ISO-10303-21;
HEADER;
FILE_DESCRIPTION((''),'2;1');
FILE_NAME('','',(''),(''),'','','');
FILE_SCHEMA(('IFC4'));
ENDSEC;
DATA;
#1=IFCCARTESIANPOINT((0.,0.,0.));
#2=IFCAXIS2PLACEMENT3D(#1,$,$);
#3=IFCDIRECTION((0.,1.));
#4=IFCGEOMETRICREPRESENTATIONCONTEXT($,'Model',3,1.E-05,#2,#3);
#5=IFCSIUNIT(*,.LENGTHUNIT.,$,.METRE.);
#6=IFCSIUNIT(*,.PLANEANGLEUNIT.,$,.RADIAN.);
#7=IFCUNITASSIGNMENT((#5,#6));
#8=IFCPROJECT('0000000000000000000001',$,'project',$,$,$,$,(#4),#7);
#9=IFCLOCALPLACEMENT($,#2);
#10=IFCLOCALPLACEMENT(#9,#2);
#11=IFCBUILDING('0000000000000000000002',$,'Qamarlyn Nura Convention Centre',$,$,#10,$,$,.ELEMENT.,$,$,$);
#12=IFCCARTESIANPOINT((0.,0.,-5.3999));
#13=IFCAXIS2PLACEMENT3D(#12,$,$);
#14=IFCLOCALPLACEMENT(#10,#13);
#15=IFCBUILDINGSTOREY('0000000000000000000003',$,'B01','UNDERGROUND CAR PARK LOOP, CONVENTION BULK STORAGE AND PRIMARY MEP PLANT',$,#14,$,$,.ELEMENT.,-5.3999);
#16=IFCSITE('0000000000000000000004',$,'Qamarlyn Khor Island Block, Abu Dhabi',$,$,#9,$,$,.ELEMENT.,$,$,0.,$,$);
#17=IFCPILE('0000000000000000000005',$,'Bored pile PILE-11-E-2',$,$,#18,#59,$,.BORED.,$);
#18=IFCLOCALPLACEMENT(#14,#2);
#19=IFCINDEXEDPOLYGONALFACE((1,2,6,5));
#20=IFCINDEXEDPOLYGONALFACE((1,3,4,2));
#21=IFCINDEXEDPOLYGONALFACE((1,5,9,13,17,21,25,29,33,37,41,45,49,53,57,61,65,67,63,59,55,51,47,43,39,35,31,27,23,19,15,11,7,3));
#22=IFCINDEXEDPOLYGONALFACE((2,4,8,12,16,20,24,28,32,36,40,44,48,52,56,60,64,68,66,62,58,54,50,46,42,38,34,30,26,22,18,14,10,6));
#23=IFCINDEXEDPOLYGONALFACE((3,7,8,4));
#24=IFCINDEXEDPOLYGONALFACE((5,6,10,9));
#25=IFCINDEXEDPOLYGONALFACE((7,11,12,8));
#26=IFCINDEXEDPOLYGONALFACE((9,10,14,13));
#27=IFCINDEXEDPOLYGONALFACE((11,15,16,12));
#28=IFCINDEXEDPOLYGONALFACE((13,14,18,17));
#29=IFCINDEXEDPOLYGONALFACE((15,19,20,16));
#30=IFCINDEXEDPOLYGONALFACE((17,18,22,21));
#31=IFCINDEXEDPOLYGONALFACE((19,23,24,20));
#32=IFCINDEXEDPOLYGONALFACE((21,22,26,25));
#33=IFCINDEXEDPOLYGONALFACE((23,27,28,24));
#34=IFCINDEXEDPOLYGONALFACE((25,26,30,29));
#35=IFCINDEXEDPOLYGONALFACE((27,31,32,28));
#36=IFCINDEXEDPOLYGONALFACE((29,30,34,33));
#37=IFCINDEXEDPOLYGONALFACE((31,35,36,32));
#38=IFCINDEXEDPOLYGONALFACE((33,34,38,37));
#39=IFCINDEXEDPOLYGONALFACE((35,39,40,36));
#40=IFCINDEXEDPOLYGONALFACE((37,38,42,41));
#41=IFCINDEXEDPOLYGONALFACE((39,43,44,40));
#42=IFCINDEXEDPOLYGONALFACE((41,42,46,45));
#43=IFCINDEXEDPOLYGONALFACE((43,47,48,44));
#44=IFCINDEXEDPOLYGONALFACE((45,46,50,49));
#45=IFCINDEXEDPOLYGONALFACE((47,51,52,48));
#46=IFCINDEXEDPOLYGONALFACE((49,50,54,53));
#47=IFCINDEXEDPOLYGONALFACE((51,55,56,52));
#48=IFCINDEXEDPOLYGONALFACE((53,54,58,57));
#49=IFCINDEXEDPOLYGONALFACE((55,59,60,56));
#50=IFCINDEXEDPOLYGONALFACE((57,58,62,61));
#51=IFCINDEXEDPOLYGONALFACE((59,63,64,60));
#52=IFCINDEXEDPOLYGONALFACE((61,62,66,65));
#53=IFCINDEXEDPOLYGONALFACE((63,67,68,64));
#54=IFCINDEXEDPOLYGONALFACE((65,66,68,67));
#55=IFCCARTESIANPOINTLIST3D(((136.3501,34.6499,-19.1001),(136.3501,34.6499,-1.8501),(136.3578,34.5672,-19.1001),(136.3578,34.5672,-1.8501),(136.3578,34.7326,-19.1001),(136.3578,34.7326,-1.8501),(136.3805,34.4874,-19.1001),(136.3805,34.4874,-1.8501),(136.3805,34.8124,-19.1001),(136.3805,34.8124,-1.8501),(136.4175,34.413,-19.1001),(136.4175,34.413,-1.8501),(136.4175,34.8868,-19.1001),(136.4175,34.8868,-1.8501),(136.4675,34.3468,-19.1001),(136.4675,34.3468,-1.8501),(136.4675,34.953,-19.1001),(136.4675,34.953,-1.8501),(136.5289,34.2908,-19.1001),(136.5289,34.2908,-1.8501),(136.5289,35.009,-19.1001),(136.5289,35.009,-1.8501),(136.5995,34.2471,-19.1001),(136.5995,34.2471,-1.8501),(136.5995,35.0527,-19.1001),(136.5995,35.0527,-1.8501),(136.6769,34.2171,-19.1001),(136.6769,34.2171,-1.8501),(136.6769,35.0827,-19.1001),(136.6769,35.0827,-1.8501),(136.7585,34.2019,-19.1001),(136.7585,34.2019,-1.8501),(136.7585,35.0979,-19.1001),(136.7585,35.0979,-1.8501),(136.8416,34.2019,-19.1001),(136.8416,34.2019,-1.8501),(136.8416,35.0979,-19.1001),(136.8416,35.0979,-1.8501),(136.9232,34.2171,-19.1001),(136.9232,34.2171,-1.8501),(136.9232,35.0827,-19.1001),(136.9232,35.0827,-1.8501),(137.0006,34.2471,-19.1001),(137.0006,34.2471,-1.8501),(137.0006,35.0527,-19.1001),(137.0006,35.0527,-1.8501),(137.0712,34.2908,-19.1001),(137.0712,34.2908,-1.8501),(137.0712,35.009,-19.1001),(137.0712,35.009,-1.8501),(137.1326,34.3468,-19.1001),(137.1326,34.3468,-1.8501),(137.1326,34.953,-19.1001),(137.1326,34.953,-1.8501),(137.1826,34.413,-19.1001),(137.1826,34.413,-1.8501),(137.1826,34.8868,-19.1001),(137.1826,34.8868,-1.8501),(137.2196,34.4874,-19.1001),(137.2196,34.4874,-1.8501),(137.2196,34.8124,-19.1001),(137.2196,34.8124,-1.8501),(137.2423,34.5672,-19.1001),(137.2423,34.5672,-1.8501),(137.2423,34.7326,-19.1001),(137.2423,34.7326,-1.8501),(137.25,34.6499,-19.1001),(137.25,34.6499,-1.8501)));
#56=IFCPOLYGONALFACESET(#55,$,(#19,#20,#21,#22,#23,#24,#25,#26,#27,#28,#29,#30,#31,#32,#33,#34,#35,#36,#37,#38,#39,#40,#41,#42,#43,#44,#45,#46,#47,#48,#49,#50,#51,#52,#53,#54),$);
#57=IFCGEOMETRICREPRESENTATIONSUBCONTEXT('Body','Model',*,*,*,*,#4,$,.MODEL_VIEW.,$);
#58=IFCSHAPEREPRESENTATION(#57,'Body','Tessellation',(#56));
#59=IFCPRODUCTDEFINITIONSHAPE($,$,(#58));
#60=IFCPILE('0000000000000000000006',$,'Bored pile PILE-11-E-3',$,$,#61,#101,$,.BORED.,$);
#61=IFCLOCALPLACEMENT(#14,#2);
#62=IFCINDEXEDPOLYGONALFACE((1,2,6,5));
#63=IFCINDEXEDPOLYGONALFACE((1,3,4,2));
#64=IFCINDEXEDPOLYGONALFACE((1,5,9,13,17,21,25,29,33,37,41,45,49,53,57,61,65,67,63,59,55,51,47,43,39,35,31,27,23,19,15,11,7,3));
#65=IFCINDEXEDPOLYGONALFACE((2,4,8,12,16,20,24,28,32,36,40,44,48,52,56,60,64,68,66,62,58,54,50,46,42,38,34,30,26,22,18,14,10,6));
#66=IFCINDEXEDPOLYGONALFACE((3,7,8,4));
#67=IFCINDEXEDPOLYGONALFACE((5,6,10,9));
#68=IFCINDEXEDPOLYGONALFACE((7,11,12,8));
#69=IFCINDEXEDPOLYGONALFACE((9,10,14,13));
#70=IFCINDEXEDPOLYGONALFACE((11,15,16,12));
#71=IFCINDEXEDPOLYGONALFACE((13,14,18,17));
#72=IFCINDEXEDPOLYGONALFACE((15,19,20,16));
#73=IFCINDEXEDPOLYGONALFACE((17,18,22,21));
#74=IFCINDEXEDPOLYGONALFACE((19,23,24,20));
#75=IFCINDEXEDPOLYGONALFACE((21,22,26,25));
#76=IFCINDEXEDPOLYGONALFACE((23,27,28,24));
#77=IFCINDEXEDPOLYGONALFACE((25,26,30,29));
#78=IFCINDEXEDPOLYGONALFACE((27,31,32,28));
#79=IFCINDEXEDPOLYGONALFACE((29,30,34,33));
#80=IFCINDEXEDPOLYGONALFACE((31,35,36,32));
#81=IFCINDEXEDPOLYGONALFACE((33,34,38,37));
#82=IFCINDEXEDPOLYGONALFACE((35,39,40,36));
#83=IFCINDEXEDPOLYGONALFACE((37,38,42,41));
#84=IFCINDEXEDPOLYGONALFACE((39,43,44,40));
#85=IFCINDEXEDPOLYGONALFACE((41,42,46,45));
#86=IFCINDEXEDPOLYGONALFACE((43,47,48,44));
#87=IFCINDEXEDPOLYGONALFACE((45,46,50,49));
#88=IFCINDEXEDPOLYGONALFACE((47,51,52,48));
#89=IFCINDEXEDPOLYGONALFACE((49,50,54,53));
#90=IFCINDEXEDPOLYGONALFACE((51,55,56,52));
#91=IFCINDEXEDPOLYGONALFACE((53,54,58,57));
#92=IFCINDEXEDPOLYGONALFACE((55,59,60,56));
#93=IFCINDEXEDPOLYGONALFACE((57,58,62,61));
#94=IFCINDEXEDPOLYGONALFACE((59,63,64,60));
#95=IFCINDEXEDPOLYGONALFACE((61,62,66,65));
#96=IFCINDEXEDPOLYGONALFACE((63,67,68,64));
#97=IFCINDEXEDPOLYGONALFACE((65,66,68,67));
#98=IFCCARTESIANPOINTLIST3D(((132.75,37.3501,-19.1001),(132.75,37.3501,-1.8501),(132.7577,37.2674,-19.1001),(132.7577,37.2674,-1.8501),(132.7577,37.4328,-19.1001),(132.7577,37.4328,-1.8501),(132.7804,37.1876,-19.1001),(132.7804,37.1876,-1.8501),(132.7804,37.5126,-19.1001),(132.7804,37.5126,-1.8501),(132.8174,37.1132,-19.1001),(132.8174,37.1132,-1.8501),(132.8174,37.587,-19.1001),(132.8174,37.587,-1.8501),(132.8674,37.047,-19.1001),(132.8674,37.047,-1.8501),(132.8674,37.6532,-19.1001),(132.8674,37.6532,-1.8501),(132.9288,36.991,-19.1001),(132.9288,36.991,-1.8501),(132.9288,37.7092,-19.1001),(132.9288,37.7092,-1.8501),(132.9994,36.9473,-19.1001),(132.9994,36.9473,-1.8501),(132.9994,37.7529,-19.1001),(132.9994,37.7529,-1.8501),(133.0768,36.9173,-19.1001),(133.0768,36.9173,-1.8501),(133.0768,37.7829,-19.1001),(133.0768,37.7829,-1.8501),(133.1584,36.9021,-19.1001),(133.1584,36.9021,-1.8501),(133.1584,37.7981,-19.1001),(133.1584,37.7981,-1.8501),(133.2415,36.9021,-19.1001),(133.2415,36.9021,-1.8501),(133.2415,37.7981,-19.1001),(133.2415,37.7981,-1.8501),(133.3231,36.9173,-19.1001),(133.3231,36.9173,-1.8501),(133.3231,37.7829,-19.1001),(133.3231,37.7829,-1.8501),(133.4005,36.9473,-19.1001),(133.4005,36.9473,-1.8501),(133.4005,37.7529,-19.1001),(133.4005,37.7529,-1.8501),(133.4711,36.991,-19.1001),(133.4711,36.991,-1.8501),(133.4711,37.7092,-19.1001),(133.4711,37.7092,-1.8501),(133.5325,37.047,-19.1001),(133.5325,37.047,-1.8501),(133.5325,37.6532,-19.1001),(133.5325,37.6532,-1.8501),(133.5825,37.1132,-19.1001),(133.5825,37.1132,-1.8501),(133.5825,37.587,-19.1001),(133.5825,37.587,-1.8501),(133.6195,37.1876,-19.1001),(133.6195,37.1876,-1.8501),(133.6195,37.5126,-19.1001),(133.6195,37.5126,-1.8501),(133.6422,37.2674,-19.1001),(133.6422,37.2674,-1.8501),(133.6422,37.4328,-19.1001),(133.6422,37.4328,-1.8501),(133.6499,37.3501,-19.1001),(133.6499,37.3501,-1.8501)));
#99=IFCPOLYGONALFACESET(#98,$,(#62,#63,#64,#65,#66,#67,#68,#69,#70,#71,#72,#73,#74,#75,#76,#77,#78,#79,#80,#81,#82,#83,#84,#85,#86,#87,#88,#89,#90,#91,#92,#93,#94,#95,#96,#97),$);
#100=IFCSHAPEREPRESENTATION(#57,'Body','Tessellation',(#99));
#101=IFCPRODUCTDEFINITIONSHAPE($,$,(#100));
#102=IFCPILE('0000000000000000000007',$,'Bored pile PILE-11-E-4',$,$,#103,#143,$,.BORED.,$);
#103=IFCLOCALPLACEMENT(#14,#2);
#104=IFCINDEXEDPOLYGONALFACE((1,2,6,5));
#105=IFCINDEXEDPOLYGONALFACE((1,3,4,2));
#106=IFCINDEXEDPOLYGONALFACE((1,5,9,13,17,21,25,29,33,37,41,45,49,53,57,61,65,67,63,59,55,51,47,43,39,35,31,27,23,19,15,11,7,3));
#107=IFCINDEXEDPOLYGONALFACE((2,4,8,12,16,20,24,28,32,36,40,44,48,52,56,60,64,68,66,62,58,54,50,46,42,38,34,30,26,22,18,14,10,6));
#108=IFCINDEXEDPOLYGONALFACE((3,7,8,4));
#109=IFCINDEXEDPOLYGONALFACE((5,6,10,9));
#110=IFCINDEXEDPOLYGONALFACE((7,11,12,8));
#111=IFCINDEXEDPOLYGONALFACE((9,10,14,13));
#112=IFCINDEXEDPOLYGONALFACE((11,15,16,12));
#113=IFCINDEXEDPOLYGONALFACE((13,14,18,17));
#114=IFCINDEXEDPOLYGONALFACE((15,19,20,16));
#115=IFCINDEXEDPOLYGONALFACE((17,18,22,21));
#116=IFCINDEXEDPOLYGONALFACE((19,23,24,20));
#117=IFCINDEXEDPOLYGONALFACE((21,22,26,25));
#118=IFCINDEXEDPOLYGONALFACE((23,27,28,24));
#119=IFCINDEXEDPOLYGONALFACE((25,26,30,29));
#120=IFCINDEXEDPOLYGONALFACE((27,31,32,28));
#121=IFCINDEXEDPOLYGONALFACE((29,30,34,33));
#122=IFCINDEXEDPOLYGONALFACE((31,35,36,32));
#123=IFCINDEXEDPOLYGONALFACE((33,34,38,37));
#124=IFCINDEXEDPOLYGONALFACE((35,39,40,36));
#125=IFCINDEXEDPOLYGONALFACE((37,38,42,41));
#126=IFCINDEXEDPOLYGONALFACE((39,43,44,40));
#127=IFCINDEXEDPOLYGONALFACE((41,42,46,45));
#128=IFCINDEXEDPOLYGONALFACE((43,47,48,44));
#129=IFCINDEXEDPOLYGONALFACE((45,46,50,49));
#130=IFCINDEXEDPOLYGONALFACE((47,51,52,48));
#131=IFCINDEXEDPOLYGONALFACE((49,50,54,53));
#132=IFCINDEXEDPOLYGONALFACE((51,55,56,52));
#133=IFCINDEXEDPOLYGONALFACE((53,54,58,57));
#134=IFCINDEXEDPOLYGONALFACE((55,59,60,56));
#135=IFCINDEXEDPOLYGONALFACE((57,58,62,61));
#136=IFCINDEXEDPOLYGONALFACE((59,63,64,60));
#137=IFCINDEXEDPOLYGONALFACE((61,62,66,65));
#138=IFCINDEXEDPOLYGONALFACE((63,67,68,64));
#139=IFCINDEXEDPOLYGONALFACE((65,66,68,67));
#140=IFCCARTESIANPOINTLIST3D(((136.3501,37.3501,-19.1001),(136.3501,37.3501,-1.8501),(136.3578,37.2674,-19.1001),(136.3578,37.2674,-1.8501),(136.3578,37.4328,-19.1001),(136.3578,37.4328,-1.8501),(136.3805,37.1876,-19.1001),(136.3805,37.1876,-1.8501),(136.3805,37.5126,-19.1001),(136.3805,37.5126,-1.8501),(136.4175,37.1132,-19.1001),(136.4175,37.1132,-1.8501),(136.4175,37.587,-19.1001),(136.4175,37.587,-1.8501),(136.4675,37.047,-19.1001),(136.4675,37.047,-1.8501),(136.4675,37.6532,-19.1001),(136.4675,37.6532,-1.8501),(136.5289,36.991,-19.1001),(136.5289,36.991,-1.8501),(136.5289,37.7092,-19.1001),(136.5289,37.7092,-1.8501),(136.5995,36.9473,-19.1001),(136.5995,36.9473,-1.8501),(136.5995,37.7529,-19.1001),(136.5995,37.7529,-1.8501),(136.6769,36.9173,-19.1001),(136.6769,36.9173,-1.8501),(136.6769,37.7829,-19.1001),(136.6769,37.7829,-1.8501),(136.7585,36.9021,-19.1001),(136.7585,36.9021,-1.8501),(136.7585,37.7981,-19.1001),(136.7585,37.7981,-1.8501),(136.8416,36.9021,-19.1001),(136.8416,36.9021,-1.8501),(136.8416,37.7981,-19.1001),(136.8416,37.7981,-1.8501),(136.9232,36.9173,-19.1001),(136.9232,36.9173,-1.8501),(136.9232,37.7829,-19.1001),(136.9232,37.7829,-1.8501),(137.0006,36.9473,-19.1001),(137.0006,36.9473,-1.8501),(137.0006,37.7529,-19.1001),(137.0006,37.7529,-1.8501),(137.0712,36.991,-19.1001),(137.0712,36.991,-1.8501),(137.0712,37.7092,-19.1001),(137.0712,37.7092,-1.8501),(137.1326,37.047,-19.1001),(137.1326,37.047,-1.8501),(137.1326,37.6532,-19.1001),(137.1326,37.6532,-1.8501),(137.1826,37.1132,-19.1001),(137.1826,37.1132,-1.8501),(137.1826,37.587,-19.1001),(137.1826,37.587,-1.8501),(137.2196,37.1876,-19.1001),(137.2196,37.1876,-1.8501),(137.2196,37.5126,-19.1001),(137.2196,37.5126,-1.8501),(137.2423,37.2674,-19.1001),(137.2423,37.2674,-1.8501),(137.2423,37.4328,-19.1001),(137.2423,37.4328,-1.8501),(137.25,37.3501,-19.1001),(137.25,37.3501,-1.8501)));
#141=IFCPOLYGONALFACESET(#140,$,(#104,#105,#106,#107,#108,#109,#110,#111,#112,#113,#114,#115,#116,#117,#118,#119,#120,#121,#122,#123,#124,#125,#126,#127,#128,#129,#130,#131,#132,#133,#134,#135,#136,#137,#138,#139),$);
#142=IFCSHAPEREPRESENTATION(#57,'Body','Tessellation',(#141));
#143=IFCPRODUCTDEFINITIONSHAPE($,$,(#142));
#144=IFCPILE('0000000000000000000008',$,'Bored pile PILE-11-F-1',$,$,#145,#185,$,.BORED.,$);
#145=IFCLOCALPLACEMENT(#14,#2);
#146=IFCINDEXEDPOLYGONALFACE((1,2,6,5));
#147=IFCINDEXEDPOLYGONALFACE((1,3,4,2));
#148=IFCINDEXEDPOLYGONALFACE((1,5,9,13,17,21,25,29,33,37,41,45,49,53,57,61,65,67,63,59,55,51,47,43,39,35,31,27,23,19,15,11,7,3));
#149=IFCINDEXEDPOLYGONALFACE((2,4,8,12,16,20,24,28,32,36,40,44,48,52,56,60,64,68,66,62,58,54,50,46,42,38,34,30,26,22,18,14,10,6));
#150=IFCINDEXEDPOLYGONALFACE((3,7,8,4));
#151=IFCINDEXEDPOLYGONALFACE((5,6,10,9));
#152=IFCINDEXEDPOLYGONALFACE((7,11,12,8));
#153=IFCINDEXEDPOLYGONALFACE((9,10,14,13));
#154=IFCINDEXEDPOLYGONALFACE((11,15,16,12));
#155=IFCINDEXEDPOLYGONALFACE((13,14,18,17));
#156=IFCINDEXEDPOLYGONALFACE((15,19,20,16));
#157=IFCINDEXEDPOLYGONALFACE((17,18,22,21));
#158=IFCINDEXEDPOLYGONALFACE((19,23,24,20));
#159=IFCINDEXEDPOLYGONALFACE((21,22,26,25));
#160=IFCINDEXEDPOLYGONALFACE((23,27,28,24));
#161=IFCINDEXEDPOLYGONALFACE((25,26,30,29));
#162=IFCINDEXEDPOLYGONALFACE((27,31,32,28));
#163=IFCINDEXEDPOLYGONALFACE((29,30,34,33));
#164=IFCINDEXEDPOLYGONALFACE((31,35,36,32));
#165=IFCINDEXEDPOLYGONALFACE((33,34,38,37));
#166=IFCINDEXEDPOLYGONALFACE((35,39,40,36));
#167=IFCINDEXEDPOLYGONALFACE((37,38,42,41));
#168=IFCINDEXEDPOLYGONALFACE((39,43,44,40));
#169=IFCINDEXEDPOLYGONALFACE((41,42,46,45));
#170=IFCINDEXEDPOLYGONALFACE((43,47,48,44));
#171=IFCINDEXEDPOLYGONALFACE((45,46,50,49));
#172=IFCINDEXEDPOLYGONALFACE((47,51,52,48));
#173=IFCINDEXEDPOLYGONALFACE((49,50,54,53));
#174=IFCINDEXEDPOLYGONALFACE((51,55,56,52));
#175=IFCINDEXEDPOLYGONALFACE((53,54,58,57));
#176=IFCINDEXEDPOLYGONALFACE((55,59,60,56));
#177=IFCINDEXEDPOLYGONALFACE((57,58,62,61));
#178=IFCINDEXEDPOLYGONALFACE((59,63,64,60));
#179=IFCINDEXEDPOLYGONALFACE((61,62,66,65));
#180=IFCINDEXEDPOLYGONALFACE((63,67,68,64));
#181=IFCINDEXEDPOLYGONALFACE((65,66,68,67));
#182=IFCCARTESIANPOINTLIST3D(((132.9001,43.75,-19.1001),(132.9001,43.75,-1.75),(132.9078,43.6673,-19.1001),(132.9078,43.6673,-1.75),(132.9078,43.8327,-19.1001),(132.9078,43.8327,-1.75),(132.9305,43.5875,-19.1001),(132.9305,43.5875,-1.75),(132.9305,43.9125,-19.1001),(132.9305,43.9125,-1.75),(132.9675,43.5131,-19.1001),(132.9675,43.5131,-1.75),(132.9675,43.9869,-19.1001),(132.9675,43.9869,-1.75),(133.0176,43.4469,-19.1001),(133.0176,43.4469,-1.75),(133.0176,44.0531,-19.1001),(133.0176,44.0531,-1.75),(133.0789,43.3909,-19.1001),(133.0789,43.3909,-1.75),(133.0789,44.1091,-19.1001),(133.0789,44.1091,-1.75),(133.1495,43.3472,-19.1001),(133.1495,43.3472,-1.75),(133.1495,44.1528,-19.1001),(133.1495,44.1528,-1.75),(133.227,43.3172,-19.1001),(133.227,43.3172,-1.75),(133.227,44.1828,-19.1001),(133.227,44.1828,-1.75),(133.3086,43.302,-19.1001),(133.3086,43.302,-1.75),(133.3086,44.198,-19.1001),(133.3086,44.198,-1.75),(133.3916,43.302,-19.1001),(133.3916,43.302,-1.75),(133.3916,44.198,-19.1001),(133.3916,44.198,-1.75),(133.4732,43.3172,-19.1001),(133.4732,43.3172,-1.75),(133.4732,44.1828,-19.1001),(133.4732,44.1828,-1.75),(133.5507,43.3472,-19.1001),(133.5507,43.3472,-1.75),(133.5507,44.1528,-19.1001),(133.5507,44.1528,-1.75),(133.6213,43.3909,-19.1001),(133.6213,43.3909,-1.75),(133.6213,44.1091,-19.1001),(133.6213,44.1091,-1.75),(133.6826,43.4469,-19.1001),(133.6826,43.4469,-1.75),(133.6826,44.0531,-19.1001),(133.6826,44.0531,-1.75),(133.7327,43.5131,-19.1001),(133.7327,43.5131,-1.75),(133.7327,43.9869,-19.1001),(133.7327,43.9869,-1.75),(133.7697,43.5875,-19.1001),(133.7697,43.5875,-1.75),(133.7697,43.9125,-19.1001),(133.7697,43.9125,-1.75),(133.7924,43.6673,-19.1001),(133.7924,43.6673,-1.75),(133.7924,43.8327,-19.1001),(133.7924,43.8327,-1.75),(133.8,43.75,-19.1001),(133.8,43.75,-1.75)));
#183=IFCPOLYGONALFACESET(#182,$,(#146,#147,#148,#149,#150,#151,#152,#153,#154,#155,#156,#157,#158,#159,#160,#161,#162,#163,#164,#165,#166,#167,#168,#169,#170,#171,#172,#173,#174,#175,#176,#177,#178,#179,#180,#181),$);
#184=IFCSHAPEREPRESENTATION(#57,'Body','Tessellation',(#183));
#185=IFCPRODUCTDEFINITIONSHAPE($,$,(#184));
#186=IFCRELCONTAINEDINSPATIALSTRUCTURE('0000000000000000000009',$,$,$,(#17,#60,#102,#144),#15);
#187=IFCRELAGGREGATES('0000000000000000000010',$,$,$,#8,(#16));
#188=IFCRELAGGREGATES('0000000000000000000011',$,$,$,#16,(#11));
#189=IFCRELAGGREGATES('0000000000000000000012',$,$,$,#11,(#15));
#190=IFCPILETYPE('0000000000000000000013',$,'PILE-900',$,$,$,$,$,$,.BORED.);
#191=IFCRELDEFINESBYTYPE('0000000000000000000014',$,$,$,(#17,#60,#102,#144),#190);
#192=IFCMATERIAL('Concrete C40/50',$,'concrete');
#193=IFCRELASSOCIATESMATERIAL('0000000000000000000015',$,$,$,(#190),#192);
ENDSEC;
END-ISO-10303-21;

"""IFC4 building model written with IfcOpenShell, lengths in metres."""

from ifc_helpers import new_model, si_unit, direction, frame, origin, origin_2d, place, context, subcontext, project, spatial, circle, extrude, material, material_profile, profile_set, type_object, element, save


model = new_model("IFC4")

# Units and contexts
model_context = context("Model", 3, precision=1e-05, world=origin(), true_north=direction((0.0, 1.0)))
body_context = subcontext(model_context, "Body", "Model", "MODEL_VIEW")
ifc_project = project(units=[si_unit("LENGTHUNIT", "METRE"), si_unit("PLANEANGLEUNIT", "RADIAN")], contexts=[model_context])

# Site, building, storey
site_placement = place(None, origin())
site = spatial("IfcSite", under=ifc_project, at=site_placement, Name="Qamarlyn Khor Island Block, Abu Dhabi", CompositionType="ELEMENT", RefElevation=0.0)
building_placement = place(site_placement, origin())
building = spatial("IfcBuilding", under=site, at=building_placement, Name="Qamarlyn Nura Convention Centre", CompositionType="ELEMENT")
storey_placement = place(building_placement, frame((0.0, 0.0, -5.3999)))
storey = spatial("IfcBuildingStorey", under=building, at=storey_placement, Name="B01", Description="UNDERGROUND CAR PARK LOOP, CONVENTION BULK STORAGE AND PRIMARY MEP PLANT", CompositionType="ELEMENT", Elevation=-5.3999)

# Shared definitions
ifc_material_1 = material(Name="Concrete C40/50", Category="concrete")

# Piles
ifc_material_profile_1 = material_profile(ifc_material_1, circle(Radius=0.45, at=origin_2d()), Name="BORED PILE 900")
ifc_profile_set_1 = profile_set([ifc_material_profile_1], Name="Concrete C40/50")
pile_type = type_object("IfcPileType", Name="PILE-900", PredefinedType="BORED", material=ifc_profile_set_1)
for number, where, z_axis, x_axis, name in (
    (1, (136.8, 34.6499, -1.8501), (0.0, 0.0, -1.0), (1.0, 0.0, 0.0), "Bored pile PILE-11-E-2"),
    (2, (133.2, 37.3501, -1.8501), (0.0, 0.0, -1.0), (1.0, 0.0, 0.0), "Bored pile PILE-11-E-3"),
    (3, (136.8, 37.3501, -1.8501), (0.0, 0.0, -1.0), (1.0, 0.0, 0.0), "Bored pile PILE-11-E-4"),
):
    element("IfcPile", number, at=place(storey_placement, frame(where, z_axis=z_axis, x_axis=x_axis)), inside=storey, type_object=pile_type, Name=name, PredefinedType="BORED", context=body_context, shape_type="SweptSolid", body=[
        extrude(circle(Radius=0.45, at=origin_2d()), origin(), (0.0, 0.0, 1.0), 17.25),
    ])
for number, where, z_axis, x_axis, name in (
    (4, (133.3501, 43.75, -1.75), (0.0, 0.0, -1.0), (1.0, 0.0, 0.0), "Bored pile PILE-11-F-1"),
):
    element("IfcPile", number, at=place(storey_placement, frame(where, z_axis=z_axis, x_axis=x_axis)), inside=storey, type_object=pile_type, Name=name, PredefinedType="BORED", context=body_context, shape_type="SweptSolid", body=[
        extrude(circle(Radius=0.45, at=origin_2d()), origin(), (0.0, 0.0, 1.0), 17.3501),
    ])

save(model, "model.ifc")
